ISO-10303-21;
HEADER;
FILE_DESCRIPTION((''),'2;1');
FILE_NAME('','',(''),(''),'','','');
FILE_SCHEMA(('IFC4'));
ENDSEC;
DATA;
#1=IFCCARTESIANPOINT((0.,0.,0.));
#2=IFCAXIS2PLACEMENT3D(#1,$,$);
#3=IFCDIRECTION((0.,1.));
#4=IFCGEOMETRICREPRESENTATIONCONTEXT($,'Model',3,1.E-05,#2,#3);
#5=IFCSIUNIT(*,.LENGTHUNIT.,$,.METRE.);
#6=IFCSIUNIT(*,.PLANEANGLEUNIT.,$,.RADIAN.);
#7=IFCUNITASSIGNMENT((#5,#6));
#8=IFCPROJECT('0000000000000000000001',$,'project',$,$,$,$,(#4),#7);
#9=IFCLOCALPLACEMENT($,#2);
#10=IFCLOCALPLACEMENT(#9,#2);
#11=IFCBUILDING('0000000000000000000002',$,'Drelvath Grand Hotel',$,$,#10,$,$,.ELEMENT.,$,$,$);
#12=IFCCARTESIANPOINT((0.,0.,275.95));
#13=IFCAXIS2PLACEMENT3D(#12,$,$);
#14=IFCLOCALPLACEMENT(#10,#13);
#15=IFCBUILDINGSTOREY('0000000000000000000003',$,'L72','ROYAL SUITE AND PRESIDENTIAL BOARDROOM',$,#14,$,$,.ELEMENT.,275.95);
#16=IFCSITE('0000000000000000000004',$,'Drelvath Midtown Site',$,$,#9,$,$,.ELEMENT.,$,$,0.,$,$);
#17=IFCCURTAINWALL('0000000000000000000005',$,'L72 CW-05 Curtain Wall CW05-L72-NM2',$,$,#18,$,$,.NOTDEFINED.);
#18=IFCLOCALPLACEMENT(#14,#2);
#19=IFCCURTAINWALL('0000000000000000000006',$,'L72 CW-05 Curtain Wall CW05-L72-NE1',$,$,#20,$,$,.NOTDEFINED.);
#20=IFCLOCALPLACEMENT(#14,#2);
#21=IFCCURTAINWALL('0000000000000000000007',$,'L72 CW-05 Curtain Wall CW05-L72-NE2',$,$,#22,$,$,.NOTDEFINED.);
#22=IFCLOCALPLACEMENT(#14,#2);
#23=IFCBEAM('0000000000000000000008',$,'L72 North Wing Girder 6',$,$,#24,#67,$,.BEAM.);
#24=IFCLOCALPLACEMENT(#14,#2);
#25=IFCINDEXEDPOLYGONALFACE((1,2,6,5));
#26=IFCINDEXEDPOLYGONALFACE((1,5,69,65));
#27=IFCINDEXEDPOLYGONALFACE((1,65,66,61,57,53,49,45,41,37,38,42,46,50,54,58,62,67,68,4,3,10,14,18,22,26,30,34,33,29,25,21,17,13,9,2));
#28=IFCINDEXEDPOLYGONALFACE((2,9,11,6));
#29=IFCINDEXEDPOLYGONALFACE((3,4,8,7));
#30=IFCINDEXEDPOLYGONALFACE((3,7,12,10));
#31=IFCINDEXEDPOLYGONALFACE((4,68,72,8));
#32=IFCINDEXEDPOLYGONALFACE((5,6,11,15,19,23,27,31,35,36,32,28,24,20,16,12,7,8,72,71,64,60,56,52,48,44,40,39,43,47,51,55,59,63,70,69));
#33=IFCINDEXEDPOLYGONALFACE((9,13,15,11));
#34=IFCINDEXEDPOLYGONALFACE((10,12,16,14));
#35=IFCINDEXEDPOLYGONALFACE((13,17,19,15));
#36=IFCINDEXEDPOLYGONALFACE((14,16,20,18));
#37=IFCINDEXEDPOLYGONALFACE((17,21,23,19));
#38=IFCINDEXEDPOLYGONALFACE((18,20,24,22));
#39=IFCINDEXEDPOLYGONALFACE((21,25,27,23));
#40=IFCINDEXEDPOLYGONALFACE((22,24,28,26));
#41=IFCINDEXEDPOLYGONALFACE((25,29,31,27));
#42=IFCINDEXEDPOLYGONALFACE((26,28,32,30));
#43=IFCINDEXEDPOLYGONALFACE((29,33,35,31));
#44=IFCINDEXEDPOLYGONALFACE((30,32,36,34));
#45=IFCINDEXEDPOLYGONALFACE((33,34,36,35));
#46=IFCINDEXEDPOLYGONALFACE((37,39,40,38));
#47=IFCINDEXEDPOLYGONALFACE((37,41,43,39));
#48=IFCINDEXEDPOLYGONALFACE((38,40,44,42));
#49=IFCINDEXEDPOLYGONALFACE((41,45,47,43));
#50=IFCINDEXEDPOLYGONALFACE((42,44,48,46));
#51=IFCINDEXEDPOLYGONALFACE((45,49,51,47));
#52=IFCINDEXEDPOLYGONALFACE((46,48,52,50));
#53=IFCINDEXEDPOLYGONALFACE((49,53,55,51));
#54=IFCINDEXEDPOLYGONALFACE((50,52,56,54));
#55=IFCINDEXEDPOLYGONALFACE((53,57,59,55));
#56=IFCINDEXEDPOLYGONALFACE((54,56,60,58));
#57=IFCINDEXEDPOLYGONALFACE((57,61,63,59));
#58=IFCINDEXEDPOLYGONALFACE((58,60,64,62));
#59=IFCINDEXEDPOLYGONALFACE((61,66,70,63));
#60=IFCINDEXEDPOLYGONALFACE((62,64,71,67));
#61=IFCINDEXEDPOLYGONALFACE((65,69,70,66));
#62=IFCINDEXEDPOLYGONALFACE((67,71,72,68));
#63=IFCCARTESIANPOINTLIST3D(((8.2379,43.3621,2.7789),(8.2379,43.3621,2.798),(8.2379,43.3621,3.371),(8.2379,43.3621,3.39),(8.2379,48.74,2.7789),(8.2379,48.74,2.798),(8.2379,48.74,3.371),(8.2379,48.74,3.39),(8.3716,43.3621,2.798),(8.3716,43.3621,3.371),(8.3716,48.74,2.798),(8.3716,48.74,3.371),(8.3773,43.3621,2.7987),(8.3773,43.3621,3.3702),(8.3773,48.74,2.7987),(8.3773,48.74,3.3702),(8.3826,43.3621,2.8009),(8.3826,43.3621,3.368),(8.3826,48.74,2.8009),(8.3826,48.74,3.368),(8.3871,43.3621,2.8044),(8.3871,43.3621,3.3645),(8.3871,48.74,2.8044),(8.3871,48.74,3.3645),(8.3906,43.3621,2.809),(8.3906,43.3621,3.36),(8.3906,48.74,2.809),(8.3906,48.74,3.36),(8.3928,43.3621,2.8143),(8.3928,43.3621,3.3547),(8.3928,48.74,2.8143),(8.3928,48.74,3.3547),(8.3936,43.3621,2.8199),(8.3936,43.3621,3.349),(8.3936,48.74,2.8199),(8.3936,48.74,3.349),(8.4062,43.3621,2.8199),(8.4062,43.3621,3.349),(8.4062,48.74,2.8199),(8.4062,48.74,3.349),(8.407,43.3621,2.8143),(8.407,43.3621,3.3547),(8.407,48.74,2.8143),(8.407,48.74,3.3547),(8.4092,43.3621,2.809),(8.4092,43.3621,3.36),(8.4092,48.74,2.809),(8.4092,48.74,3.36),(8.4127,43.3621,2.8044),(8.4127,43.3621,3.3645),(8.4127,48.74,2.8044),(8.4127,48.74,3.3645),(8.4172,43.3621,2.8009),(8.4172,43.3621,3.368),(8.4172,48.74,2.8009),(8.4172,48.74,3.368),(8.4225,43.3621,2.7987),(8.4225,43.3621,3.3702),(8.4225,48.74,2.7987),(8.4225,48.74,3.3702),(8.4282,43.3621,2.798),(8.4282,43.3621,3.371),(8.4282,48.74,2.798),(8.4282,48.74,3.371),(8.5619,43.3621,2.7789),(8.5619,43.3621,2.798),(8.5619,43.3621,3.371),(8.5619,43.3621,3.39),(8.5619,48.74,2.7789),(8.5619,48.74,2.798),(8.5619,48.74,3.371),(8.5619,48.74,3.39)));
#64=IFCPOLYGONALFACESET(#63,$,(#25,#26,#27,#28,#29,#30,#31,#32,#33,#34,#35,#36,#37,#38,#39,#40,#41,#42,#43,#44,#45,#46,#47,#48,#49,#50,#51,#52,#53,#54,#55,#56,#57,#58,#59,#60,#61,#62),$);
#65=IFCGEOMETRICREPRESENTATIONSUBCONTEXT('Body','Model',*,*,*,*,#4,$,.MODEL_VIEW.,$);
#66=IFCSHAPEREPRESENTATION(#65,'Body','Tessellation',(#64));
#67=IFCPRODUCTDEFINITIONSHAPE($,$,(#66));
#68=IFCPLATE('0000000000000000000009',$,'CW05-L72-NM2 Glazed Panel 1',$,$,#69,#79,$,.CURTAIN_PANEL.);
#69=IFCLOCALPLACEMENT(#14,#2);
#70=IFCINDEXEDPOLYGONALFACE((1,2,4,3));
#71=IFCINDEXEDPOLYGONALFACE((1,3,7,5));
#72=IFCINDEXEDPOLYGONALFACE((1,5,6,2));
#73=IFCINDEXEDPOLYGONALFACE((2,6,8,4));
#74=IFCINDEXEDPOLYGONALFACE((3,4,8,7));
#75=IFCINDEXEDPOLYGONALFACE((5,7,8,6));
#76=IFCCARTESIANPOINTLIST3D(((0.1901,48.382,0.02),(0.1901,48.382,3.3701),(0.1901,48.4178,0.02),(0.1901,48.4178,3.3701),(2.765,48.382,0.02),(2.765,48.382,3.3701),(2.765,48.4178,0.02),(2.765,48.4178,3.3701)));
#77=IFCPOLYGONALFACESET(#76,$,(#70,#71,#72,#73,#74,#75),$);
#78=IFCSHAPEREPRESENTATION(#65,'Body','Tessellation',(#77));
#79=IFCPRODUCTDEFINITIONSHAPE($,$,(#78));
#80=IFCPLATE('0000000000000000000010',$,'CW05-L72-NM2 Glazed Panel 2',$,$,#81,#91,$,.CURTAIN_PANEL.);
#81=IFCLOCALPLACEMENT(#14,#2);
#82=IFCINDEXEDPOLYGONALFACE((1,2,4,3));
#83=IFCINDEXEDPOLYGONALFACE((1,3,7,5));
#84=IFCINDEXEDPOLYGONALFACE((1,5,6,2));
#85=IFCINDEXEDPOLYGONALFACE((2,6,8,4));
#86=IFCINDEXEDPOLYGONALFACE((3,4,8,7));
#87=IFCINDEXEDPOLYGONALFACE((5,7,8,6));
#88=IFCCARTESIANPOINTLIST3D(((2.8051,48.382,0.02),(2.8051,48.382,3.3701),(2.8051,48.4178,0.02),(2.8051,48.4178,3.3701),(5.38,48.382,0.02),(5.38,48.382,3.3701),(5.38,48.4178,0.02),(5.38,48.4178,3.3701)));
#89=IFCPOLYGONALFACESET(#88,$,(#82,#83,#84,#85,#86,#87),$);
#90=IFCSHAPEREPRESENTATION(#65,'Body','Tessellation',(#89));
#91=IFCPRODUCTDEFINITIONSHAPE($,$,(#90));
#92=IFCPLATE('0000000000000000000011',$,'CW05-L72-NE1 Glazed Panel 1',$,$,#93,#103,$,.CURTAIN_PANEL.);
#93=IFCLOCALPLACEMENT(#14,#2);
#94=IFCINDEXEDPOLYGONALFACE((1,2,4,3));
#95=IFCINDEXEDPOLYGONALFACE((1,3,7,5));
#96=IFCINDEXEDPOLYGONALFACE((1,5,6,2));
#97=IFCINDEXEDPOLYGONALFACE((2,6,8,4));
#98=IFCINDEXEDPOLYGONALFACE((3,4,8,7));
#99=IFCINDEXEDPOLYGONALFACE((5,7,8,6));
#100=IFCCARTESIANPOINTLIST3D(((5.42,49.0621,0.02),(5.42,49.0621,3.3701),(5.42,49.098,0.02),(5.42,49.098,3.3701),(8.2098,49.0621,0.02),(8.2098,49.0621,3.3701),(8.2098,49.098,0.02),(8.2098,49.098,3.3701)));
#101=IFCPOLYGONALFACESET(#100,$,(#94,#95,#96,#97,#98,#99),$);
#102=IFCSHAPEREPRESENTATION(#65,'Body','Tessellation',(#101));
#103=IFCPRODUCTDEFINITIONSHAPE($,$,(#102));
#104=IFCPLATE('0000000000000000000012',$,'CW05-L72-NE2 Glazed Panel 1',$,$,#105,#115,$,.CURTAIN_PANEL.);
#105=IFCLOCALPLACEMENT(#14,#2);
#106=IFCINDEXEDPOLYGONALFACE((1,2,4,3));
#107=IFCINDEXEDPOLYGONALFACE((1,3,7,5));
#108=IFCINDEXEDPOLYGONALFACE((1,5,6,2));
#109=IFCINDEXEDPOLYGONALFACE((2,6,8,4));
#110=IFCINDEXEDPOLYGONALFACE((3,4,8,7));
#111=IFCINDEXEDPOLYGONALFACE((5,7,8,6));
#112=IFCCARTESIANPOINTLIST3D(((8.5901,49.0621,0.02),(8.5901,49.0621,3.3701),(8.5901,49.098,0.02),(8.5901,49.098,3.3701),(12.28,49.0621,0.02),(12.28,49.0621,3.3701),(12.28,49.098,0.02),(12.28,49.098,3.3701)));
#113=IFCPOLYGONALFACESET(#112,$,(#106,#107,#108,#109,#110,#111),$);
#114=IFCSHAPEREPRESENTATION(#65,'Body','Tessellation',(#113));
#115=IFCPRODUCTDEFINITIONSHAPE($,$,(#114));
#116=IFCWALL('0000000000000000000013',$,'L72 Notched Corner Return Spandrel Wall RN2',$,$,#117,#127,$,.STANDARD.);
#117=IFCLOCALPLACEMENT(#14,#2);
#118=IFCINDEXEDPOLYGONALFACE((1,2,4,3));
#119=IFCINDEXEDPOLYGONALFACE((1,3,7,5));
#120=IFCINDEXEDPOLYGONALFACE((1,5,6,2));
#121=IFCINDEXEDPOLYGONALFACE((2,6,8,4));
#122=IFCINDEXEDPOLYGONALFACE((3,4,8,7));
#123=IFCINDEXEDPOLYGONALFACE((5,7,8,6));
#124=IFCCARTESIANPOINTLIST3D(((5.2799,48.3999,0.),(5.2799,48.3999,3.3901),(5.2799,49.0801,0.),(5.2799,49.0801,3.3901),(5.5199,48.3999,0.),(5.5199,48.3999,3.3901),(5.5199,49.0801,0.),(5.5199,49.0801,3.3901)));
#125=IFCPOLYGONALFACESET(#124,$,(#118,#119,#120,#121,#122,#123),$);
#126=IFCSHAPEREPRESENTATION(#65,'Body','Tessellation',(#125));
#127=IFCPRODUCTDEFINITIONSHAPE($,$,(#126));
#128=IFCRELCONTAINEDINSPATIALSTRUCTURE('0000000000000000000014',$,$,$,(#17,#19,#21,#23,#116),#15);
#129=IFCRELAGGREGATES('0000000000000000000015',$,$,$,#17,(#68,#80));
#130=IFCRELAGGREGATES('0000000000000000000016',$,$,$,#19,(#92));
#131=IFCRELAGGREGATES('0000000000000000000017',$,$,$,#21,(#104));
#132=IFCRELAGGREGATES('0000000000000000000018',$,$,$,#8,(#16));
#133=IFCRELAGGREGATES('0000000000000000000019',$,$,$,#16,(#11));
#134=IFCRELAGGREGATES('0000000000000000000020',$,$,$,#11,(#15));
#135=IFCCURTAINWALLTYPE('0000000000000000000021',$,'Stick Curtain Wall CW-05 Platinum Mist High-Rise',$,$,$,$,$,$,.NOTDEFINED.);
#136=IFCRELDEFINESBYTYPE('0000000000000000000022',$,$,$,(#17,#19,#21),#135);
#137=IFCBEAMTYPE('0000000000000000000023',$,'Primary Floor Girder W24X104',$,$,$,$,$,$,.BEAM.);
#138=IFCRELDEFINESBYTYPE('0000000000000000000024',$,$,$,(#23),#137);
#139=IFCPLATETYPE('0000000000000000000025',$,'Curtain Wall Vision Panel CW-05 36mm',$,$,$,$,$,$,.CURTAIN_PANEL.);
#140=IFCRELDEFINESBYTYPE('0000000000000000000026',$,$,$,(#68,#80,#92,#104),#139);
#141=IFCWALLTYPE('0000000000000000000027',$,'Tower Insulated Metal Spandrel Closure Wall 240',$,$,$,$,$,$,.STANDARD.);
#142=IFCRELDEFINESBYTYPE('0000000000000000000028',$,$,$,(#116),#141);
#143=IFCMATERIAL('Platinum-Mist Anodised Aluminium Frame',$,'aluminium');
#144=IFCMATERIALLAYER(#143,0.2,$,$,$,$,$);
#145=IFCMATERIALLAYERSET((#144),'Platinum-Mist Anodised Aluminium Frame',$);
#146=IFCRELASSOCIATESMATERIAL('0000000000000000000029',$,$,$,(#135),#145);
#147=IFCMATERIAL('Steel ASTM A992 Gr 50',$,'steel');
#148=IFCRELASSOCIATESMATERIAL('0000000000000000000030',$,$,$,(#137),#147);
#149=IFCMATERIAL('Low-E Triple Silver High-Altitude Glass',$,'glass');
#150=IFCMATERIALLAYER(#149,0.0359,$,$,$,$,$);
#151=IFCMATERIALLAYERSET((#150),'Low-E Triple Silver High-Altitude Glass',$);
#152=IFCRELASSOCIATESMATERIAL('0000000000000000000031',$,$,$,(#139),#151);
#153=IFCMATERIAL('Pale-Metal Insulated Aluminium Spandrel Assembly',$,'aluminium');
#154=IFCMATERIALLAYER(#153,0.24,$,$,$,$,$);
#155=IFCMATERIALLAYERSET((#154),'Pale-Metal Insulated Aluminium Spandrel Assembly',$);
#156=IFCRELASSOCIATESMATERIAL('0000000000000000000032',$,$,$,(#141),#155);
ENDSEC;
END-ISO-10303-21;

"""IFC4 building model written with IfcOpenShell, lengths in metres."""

from ifc_helpers import new_model, si_unit, direction, frame, frame_2d, origin, origin_2d, place, context, subcontext, project, spatial, rectangle, i_section, extrude, material, layer, layer_set, material_profile, profile_set, type_object, element, aggregate, save


model = new_model("IFC4")

# Units and contexts
model_context = context("Model", 3, precision=1e-05, world=origin(), true_north=direction((0.0, 1.0)))
body_context = subcontext(model_context, "Body", "Model", "MODEL_VIEW")
ifc_project = project(units=[si_unit("LENGTHUNIT", "METRE"), si_unit("PLANEANGLEUNIT", "RADIAN")], contexts=[model_context])

# Site, building, storey
site_placement = place(None, origin())
site = spatial("IfcSite", under=ifc_project, at=site_placement, Name="Drelvath Midtown Site", CompositionType="ELEMENT", RefElevation=0.0)
building_placement = place(site_placement, origin())
building = spatial("IfcBuilding", under=site, at=building_placement, Name="Drelvath Grand Hotel", CompositionType="ELEMENT")
storey_placement = place(building_placement, frame((0.0, 0.0, 275.95)))
storey = spatial("IfcBuildingStorey", under=building, at=storey_placement, Name="L72", Description="ROYAL SUITE AND PRESIDENTIAL BOARDROOM", CompositionType="ELEMENT", Elevation=275.95)

# Curtain walls
ifc_material_1 = material(Name="Platinum-Mist Anodised Aluminium Frame", Category="aluminium")
ifc_layer_1 = layer(ifc_material_1, 0.2)
ifc_layer_set_1 = layer_set([ifc_layer_1], Name="Platinum-Mist Anodised Aluminium Frame")
curtain_wall_type = type_object("IfcCurtainWallType", Name="Stick Curtain Wall CW-05 Platinum Mist High-Rise", PredefinedType="NOTDEFINED", material=ifc_layer_set_1)
curtain_wall_1_placement = place(storey_placement, origin())
curtain_wall_1 = element("IfcCurtainWall", 1, at=curtain_wall_1_placement, inside=storey, type_object=curtain_wall_type, Name="L72 CW-05 Curtain Wall CW05-L72-NM2", PredefinedType="NOTDEFINED")
curtain_wall_2_placement = place(storey_placement, origin())
curtain_wall_2 = element("IfcCurtainWall", 2, at=curtain_wall_2_placement, inside=storey, type_object=curtain_wall_type, Name="L72 CW-05 Curtain Wall CW05-L72-NE1", PredefinedType="NOTDEFINED")
curtain_wall_3_placement = place(storey_placement, origin())
curtain_wall_3 = element("IfcCurtainWall", 3, at=curtain_wall_3_placement, inside=storey, type_object=curtain_wall_type, Name="L72 CW-05 Curtain Wall CW05-L72-NE2", PredefinedType="NOTDEFINED")

# Beam
ifc_material_2 = material(Name="Steel ASTM A992 Gr 50", Category="steel")
ifc_material_profile_1 = material_profile(ifc_material_2, i_section(OverallWidth=0.324, OverallDepth=0.6111, WebThickness=0.0127, FlangeThickness=0.019, FilletRadius=0.022, at=origin_2d()), Name="W24X104")
ifc_profile_set_1 = profile_set([ifc_material_profile_1], Name="Steel ASTM A992 Gr 50")
beam_type_1 = type_object("IfcBeamType", Name="Primary Floor Girder W24X104", PredefinedType="BEAM", material=ifc_profile_set_1)
beam_1_placement = place(storey_placement, frame((8.3999, 43.3621, 3.0845), z_axis=(0.0, 1.0, 0.0), x_axis=(-1.0, 0.0, 0.0)))
element("IfcBeam", 4, at=beam_1_placement, inside=storey, type_object=beam_type_1, Name="L72 North Wing Girder 6", PredefinedType="BEAM", context=body_context, shape_type="SweptSolid", body=[
    extrude(i_section(OverallWidth=0.324, OverallDepth=0.6111, WebThickness=0.0127, FlangeThickness=0.019, FilletRadius=0.022, at=origin_2d()), origin(), (0.0, 0.0, 1.0), 5.3779),
])

# Plates
ifc_material_3 = material(Name="Low-E Triple Silver High-Altitude Glass", Category="glass")
ifc_layer_2 = layer(ifc_material_3, 0.0359)
ifc_layer_set_2 = layer_set([ifc_layer_2], Name="Low-E Triple Silver High-Altitude Glass")
plate_type = type_object("IfcPlateType", Name="Curtain Wall Vision Panel CW-05 36mm", PredefinedType="CURTAIN_PANEL", material=ifc_layer_set_2)
plate_1_placement = place(storey_placement, frame((1.4775, 48.3999, 0.02), z_axis=(0.0, 0.0, 1.0), x_axis=(1.0, 0.0, 0.0)))
plate_1 = element("IfcPlate", 5, at=plate_1_placement, type_object=plate_type, Name="CW05-L72-NM2 Glazed Panel 1", PredefinedType="CURTAIN_PANEL", context=body_context, shape_type="SweptSolid", body=[
    extrude(rectangle(XDim=2.575, YDim=0.0359, at=origin_2d()), origin(), (0.0, 0.0, 1.0), 3.3501),
])
plate_2_placement = place(storey_placement, frame((4.0925, 48.3999, 0.02), z_axis=(0.0, 0.0, 1.0), x_axis=(1.0, 0.0, 0.0)))
plate_2 = element("IfcPlate", 6, at=plate_2_placement, type_object=plate_type, Name="CW05-L72-NM2 Glazed Panel 2", PredefinedType="CURTAIN_PANEL", context=body_context, shape_type="SweptSolid", body=[
    extrude(rectangle(XDim=2.575, YDim=0.0359, at=origin_2d()), origin(), (0.0, 0.0, 1.0), 3.3501),
])
aggregate(curtain_wall_1, [plate_1, plate_2])
plate_3_placement = place(storey_placement, frame((6.8149, 49.0801, 0.02), z_axis=(0.0, 0.0, 1.0), x_axis=(1.0, 0.0, 0.0)))
plate_3 = element("IfcPlate", 7, at=plate_3_placement, type_object=plate_type, Name="CW05-L72-NE1 Glazed Panel 1", PredefinedType="CURTAIN_PANEL", context=body_context, shape_type="SweptSolid", body=[
    extrude(rectangle(XDim=2.7898, YDim=0.0359, at=origin_2d()), origin(), (0.0, 0.0, 1.0), 3.3501),
])
aggregate(curtain_wall_2, [plate_3])
plate_4_placement = place(storey_placement, frame((10.4351, 49.0801, 0.02), z_axis=(0.0, 0.0, 1.0), x_axis=(1.0, 0.0, 0.0)))
plate_4 = element("IfcPlate", 8, at=plate_4_placement, type_object=plate_type, Name="CW05-L72-NE2 Glazed Panel 1", PredefinedType="CURTAIN_PANEL", context=body_context, shape_type="SweptSolid", body=[
    extrude(rectangle(XDim=3.6899, YDim=0.0359, at=origin_2d()), origin(), (0.0, 0.0, 1.0), 3.3501),
])
aggregate(curtain_wall_3, [plate_4])

# Wall
ifc_material_4 = material(Name="Pale-Metal Insulated Aluminium Spandrel Assembly", Category="aluminium")
ifc_layer_3 = layer(ifc_material_4, 0.24)
ifc_layer_set_3 = layer_set([ifc_layer_3], Name="Pale-Metal Insulated Aluminium Spandrel Assembly")
wall_type = type_object("IfcWallType", Name="Tower Insulated Metal Spandrel Closure Wall 240", PredefinedType="STANDARD", material=ifc_layer_set_3)
wall_placement = place(storey_placement, frame((5.3999, 48.3999, 0.0), z_axis=(0.0, 0.0, 1.0), x_axis=(0.0, 1.0, 0.0)))
element("IfcWall", 9, at=wall_placement, inside=storey, type_object=wall_type, Name="L72 Notched Corner Return Spandrel Wall RN2", PredefinedType="STANDARD", context=body_context, shape_type="SweptSolid", body=[
    extrude(rectangle(XDim=0.6802, YDim=0.24, at=frame_2d((0.3401, 0.0))), origin(), (0.0, 0.0, 1.0), 3.3901),
])

save(model, "model.ifc")
